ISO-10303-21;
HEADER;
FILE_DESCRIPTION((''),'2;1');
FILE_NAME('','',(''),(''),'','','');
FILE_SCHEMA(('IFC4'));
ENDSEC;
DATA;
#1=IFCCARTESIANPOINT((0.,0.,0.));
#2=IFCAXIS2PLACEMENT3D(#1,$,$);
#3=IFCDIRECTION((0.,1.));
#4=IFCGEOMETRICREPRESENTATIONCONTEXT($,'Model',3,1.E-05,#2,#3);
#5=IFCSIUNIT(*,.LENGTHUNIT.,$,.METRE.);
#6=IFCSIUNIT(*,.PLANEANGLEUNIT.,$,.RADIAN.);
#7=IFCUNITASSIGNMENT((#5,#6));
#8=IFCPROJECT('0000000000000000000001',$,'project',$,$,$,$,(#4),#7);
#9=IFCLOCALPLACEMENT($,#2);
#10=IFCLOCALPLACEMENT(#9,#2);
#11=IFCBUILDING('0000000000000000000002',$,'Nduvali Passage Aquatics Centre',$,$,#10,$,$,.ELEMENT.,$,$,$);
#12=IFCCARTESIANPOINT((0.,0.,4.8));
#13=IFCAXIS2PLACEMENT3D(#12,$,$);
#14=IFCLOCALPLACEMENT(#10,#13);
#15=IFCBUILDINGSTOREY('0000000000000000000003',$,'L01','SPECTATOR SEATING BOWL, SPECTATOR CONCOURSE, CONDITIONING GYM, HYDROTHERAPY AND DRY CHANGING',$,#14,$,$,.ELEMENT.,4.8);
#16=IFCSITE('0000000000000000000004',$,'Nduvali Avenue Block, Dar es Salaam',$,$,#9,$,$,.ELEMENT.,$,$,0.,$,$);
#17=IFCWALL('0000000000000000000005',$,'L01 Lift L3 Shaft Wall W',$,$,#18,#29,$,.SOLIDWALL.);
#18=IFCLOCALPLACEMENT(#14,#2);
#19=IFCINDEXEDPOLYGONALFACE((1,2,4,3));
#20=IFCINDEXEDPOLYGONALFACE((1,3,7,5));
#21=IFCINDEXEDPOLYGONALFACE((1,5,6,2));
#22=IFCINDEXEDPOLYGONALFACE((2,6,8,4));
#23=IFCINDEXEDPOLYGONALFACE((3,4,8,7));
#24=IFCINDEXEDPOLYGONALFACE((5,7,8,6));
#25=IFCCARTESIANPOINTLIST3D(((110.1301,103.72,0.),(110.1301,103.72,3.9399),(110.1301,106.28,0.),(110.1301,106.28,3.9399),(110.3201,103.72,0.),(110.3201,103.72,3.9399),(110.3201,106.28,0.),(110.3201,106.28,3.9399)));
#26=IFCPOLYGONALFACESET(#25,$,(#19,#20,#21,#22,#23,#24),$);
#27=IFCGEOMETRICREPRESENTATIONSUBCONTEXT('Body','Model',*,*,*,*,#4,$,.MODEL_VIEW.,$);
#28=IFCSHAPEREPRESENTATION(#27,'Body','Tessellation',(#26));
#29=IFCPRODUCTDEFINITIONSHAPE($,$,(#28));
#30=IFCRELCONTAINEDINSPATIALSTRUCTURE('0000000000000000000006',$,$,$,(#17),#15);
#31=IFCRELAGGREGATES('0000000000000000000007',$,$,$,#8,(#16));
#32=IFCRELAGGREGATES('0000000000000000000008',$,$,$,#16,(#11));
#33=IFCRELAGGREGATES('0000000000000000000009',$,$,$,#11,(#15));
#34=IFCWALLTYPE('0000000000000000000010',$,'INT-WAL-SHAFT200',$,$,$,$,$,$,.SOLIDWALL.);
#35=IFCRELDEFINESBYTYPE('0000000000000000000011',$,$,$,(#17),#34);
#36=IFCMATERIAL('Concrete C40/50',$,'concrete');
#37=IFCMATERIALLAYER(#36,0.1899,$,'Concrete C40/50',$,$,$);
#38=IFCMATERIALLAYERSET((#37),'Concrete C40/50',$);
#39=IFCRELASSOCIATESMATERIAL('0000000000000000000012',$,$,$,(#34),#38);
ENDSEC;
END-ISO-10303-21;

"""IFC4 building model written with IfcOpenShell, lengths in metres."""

from ifc_helpers import new_model, si_unit, direction, frame, frame_2d, origin, place, context, subcontext, project, spatial, rectangle, extrude, material, layer, layer_set, type_object, element, save


model = new_model("IFC4")

# Units and contexts
model_context = context("Model", 3, precision=1e-05, world=origin(), true_north=direction((0.0, 1.0)))
body_context = subcontext(model_context, "Body", "Model", "MODEL_VIEW")
ifc_project = project(units=[si_unit("LENGTHUNIT", "METRE"), si_unit("PLANEANGLEUNIT", "RADIAN")], contexts=[model_context])

# Site, building, storey
site_placement = place(None, origin())
site = spatial("IfcSite", under=ifc_project, at=site_placement, Name="Nduvali Avenue Block, Dar es Salaam", CompositionType="ELEMENT", RefElevation=0.0)
building_placement = place(site_placement, origin())
building = spatial("IfcBuilding", under=site, at=building_placement, Name="Nduvali Passage Aquatics Centre", CompositionType="ELEMENT")
storey_placement = place(building_placement, frame((0.0, 0.0, 4.8)))
storey = spatial("IfcBuildingStorey", under=building, at=storey_placement, Name="L01", Description="SPECTATOR SEATING BOWL, SPECTATOR CONCOURSE, CONDITIONING GYM, HYDROTHERAPY AND DRY CHANGING", CompositionType="ELEMENT", Elevation=4.8)

# Shared definitions
ifc_material_1 = material(Name="Concrete C40/50", Category="concrete")
ifc_layer_1 = layer(ifc_material_1, 0.1899, Name="Concrete C40/50")
ifc_layer_set_1 = layer_set([ifc_layer_1], Name="Concrete C40/50")
wall_type_1 = type_object("IfcWallType", Name="INT-WAL-SHAFT200", PredefinedType="SOLIDWALL", material=ifc_layer_set_1)

# Wall
wall_1_placement = place(storey_placement, frame((110.2251, 106.28, 0.0), z_axis=(0.0, 0.0, 1.0), x_axis=(0.0, -1.0, 0.0)))
element("IfcWall", 1, at=wall_1_placement, inside=storey, type_object=wall_type_1, Name="L01 Lift L3 Shaft Wall W", PredefinedType="SOLIDWALL", context=body_context, shape_type="SweptSolid", body=[
    extrude(rectangle(XDim=2.5601, YDim=0.1899, at=frame_2d((1.28, 0.0))), origin(), (0.0, 0.0, 1.0), 3.9399),
])

save(model, "model.ifc")
